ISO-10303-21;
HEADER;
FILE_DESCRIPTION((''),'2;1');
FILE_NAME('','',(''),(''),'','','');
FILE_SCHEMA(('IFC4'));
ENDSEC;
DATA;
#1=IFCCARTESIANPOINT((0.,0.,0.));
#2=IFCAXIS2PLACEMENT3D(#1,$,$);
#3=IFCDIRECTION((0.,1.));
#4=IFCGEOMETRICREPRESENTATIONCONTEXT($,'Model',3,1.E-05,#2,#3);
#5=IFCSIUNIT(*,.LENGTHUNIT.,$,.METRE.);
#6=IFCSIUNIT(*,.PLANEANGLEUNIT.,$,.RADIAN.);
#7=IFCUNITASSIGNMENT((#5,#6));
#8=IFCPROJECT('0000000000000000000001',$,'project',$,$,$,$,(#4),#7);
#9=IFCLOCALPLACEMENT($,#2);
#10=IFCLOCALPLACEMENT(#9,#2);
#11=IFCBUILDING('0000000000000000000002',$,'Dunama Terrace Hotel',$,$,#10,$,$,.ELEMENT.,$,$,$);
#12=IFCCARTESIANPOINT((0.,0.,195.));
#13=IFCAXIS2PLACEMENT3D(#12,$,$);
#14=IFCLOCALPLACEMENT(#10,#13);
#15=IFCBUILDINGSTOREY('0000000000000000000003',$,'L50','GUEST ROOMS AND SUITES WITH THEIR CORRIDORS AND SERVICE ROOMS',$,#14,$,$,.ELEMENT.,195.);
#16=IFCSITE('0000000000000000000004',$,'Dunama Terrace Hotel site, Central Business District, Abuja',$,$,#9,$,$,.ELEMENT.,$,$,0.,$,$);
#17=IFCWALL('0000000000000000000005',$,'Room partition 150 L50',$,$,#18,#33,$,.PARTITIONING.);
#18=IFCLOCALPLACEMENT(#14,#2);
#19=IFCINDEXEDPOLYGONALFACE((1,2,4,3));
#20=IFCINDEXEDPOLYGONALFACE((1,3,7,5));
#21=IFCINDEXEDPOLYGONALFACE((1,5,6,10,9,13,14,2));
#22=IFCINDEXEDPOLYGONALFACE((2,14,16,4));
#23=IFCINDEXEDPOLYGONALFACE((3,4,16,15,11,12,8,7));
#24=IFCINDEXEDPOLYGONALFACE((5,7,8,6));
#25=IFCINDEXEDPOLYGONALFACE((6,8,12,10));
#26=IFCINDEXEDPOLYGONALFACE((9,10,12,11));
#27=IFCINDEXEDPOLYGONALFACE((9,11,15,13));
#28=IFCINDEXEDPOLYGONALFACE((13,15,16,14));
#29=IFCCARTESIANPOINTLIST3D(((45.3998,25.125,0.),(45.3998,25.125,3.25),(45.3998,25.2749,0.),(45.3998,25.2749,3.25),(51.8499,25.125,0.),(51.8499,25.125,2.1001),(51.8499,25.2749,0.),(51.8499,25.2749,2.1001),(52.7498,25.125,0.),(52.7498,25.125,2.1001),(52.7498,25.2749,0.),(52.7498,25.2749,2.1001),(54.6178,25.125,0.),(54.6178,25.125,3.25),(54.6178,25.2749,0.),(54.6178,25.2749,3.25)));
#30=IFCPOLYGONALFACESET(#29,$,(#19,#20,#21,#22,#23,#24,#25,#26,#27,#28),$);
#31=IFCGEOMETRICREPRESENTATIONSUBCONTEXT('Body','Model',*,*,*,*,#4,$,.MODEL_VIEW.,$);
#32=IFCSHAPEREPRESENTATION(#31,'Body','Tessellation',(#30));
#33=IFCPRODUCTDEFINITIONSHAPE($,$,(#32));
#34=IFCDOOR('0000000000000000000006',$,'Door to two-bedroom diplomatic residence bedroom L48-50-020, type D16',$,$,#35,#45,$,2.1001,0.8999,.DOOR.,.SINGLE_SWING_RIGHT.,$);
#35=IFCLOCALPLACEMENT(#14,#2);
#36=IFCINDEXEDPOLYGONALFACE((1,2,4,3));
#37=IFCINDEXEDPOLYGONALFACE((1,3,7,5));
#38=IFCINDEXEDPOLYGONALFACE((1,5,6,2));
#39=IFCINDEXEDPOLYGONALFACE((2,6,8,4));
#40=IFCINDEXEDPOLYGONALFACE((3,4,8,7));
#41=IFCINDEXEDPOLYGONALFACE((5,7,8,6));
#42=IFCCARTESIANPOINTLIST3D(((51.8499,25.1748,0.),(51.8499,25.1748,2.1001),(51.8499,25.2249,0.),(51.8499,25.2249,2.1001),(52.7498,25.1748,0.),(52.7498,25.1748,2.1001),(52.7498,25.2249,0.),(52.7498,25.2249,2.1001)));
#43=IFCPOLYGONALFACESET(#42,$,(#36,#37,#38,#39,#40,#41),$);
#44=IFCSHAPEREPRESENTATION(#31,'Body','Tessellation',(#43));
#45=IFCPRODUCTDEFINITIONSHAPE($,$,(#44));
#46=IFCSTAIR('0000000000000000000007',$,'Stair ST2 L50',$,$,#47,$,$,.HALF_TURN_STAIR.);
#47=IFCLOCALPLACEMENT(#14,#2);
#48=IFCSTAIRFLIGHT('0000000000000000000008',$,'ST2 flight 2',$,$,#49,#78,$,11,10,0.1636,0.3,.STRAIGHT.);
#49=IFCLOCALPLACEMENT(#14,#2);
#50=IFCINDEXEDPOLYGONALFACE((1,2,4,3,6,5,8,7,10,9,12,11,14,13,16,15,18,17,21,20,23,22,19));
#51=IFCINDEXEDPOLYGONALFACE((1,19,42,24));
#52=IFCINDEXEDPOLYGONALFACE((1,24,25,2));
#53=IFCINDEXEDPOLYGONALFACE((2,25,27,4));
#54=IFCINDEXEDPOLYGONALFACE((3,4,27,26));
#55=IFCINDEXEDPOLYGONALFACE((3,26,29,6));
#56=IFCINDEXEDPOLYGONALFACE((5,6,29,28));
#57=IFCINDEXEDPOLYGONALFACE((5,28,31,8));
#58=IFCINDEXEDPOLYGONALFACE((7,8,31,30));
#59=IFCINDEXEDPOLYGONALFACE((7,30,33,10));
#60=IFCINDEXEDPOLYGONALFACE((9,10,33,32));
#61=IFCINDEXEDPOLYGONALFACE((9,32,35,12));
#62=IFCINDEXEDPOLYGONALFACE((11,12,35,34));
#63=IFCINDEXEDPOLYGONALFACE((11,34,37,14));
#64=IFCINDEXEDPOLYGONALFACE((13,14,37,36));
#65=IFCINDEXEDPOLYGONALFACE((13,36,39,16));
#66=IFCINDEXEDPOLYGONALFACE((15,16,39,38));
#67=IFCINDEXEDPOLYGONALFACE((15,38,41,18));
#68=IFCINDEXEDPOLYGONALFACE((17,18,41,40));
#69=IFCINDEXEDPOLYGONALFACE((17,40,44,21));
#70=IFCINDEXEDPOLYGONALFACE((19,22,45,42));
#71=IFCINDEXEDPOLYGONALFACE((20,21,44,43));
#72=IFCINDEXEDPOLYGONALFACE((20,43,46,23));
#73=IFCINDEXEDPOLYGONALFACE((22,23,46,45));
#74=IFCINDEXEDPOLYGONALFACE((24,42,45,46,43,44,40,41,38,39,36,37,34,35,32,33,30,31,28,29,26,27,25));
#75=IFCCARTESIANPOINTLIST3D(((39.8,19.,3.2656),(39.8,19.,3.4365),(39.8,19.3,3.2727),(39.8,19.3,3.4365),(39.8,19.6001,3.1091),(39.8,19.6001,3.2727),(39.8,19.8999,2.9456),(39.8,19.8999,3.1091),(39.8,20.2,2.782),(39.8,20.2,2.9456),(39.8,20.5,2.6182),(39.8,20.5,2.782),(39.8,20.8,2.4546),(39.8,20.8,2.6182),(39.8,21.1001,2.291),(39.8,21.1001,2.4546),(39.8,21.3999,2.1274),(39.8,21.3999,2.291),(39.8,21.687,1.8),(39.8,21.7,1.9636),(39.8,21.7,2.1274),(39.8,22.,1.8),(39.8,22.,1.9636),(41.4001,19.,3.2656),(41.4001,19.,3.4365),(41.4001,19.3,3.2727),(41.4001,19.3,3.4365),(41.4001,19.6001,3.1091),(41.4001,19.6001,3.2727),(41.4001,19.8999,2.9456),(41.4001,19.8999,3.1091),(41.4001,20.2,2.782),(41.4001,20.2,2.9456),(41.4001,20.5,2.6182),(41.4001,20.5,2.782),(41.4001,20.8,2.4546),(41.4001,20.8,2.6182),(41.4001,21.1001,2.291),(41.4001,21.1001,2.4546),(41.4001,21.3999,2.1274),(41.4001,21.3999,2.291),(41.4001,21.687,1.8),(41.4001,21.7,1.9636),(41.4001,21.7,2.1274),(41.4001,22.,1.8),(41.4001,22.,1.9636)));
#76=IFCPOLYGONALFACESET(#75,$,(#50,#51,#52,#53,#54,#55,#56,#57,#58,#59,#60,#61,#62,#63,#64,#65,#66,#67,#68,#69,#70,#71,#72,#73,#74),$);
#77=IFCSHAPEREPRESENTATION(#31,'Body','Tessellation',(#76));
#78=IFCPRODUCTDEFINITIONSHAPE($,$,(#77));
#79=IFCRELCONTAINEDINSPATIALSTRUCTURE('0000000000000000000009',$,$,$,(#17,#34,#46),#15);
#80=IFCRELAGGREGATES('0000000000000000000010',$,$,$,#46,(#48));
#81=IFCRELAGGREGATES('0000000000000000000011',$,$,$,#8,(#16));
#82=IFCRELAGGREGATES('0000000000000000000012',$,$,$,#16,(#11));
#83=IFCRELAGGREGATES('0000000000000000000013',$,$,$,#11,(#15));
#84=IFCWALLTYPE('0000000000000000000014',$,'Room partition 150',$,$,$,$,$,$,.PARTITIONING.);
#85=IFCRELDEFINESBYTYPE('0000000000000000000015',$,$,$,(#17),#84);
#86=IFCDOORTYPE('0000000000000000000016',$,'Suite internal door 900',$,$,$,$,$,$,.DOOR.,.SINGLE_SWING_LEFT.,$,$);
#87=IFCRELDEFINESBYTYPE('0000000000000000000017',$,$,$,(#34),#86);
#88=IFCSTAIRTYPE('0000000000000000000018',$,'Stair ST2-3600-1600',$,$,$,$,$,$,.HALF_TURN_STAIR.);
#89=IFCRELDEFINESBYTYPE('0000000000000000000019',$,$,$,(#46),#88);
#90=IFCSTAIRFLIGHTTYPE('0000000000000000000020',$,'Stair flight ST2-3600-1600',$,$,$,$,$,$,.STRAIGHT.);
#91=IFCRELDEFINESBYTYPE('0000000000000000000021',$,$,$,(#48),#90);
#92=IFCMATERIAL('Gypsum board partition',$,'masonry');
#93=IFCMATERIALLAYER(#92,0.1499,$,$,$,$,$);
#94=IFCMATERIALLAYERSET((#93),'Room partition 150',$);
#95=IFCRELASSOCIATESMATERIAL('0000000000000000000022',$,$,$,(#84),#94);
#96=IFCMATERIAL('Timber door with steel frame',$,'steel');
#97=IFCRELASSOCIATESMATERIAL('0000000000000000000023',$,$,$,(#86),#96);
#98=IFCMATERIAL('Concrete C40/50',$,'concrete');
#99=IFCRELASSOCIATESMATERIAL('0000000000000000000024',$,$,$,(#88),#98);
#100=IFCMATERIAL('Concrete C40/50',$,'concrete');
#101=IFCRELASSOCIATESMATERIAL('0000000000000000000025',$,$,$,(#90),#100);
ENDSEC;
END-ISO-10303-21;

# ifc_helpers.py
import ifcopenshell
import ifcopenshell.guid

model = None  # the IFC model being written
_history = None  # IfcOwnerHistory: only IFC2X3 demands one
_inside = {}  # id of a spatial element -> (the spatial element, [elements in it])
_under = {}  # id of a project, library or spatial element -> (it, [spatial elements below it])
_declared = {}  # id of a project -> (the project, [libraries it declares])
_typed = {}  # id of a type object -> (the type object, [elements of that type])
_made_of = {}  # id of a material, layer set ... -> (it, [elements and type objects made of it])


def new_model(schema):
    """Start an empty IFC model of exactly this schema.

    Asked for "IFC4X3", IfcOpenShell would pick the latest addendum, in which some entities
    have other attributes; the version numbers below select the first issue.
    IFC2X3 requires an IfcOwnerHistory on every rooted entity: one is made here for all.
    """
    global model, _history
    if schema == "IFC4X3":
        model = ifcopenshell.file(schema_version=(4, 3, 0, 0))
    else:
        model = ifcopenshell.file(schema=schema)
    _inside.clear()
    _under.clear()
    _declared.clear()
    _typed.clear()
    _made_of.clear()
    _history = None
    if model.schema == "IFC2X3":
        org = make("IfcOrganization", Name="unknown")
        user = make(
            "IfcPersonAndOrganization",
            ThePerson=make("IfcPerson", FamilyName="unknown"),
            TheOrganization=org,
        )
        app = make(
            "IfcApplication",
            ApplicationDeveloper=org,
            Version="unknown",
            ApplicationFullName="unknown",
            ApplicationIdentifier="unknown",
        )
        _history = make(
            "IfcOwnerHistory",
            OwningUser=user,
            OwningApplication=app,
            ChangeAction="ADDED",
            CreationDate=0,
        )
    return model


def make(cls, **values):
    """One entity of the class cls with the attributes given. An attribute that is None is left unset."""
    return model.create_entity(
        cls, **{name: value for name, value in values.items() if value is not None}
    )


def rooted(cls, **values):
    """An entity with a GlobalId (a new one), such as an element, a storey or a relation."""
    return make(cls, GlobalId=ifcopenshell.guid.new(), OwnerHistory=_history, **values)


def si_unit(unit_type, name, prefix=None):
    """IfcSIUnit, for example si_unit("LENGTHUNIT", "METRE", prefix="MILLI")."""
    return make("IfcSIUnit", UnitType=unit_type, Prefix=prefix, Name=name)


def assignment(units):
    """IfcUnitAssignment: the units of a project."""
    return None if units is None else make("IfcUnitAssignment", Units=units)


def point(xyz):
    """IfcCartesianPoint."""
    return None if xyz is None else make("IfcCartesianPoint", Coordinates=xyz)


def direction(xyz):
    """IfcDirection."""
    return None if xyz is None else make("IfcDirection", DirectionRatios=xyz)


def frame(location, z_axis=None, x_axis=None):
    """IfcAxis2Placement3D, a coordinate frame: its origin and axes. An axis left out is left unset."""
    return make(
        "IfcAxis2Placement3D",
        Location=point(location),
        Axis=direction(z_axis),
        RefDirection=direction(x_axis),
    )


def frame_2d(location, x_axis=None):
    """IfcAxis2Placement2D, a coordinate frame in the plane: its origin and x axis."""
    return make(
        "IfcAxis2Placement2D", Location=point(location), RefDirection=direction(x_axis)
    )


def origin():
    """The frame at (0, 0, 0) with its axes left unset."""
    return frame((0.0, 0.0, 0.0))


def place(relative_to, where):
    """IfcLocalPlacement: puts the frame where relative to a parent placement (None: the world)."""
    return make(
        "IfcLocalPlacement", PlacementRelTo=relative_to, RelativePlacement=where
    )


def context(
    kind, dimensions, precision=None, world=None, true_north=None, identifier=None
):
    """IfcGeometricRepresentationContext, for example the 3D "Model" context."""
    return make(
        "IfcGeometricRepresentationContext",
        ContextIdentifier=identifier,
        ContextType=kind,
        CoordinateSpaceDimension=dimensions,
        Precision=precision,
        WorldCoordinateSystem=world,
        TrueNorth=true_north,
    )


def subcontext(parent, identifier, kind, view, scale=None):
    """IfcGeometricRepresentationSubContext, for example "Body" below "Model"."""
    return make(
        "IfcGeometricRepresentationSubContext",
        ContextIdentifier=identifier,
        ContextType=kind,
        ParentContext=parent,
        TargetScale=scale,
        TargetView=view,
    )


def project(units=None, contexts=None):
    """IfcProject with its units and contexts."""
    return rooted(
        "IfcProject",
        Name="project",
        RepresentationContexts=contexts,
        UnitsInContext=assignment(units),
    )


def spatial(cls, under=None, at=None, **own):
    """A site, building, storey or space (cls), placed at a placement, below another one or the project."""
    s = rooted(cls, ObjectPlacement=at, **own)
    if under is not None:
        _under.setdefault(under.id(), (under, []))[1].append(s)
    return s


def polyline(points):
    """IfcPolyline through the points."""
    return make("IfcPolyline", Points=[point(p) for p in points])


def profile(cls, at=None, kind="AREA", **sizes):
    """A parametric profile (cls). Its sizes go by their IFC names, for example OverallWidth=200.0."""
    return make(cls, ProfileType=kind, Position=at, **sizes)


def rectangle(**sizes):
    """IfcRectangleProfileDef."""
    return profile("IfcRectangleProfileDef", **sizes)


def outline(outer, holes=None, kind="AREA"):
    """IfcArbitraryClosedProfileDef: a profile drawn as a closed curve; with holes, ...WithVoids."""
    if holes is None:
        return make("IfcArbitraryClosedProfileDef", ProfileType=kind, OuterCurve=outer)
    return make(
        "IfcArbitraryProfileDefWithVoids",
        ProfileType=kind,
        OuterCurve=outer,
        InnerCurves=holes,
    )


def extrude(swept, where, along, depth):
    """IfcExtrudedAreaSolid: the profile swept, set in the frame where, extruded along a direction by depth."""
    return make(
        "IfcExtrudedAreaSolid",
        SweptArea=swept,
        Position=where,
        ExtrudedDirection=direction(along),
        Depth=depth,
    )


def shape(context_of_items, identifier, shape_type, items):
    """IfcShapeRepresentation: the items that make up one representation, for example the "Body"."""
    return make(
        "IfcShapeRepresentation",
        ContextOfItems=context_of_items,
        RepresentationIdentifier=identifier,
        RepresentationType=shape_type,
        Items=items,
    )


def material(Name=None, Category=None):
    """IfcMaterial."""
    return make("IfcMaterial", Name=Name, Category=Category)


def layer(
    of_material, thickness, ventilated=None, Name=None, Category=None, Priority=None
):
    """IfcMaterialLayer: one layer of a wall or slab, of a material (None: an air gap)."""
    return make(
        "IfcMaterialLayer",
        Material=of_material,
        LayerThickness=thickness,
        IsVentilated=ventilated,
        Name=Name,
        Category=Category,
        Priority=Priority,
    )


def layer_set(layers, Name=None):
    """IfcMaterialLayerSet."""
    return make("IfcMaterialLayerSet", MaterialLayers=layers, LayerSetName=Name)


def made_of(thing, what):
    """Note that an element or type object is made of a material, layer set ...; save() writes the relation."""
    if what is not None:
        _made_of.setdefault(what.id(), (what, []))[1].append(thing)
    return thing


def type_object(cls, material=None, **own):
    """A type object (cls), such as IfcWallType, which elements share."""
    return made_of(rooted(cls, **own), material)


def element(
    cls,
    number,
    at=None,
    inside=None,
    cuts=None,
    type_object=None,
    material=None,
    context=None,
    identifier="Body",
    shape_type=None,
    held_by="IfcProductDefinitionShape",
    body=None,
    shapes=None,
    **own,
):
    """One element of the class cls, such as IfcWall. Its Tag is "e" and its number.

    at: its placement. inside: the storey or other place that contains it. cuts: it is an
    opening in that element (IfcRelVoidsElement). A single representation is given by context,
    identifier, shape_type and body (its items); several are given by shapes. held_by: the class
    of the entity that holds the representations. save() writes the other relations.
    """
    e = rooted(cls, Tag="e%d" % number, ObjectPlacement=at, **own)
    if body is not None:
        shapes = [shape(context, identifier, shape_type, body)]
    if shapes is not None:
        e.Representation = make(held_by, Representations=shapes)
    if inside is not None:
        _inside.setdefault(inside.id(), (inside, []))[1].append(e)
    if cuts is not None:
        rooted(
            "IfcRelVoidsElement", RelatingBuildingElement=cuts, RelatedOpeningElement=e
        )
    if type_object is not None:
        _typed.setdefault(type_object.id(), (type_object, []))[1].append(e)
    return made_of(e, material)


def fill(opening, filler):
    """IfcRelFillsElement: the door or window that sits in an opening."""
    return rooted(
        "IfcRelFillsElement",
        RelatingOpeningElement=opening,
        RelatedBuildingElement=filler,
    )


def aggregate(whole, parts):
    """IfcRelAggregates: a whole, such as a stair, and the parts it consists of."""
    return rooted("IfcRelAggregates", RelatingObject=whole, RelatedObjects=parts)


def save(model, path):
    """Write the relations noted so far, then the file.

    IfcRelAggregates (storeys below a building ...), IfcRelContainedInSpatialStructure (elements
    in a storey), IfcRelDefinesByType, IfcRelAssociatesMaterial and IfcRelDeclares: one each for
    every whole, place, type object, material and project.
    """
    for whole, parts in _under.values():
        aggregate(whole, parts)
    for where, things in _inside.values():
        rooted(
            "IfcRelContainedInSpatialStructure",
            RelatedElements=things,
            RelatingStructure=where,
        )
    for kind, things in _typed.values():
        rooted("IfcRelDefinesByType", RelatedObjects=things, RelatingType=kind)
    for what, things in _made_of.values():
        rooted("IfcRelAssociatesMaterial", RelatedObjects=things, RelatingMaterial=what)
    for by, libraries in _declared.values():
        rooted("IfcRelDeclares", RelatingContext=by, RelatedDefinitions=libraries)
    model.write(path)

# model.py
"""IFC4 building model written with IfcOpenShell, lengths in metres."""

from ifc_helpers import new_model, si_unit, direction, frame, frame_2d, origin, place, context, subcontext, project, spatial, polyline, rectangle, outline, extrude, material, layer, layer_set, type_object, element, fill, aggregate, save


model = new_model("IFC4")

# Units and contexts
model_context = context("Model", 3, precision=1e-05, world=origin(), true_north=direction((0.0, 1.0)))
body_context = subcontext(model_context, "Body", "Model", "MODEL_VIEW")
ifc_project = project(units=[si_unit("LENGTHUNIT", "METRE"), si_unit("PLANEANGLEUNIT", "RADIAN")], contexts=[model_context])

# Site, building, storey
site_placement = place(None, origin())
site = spatial("IfcSite", under=ifc_project, at=site_placement, Name="Dunama Terrace Hotel site, Central Business District, Abuja", CompositionType="ELEMENT", RefElevation=0.0)
building_placement = place(site_placement, origin())
building = spatial("IfcBuilding", under=site, at=building_placement, Name="Dunama Terrace Hotel", CompositionType="ELEMENT")
storey_placement = place(building_placement, frame((0.0, 0.0, 195.0)))
storey = spatial("IfcBuildingStorey", under=building, at=storey_placement, Name="L50", Description="GUEST ROOMS AND SUITES WITH THEIR CORRIDORS AND SERVICE ROOMS", CompositionType="ELEMENT", Elevation=195.0)

# Wall, opening, door
ifc_material_1 = material(Name="Gypsum board partition", Category="masonry")
ifc_layer_1 = layer(ifc_material_1, 0.1499)
ifc_layer_set_1 = layer_set([ifc_layer_1], Name="Room partition 150")
wall_type_1 = type_object("IfcWallType", Name="Room partition 150", PredefinedType="PARTITIONING", material=ifc_layer_set_1)
ifc_material_2 = material(Name="Timber door with steel frame", Category="steel")
door_type_1 = type_object("IfcDoorType", Name="Suite internal door 900", OperationType="SINGLE_SWING_LEFT", PredefinedType="DOOR", material=ifc_material_2)
wall_1_placement = place(storey_placement, frame((45.3999, 25.2, 0.0), z_axis=(0.0, 0.0, 1.0), x_axis=(1.0, 0.0, 0.0)))
wall_1 = element("IfcWall", 1, at=wall_1_placement, inside=storey, type_object=wall_type_1, Name="Room partition 150 L50", PredefinedType="PARTITIONING", context=body_context, shape_type="SweptSolid", body=[
    extrude(rectangle(XDim=9.218, YDim=0.1499, at=frame_2d((4.6089, 0.0))), origin(), (0.0, 0.0, 1.0), 3.25),
])
opening_1_placement = place(wall_1_placement, frame((6.45, 0.0, 0.0)))
opening_1 = element("IfcOpeningElement", 2, at=opening_1_placement, cuts=wall_1, PredefinedType="OPENING", context=body_context, shape_type="SweptSolid", body=[
    extrude(rectangle(XDim=0.8999, YDim=2.1001, at=frame_2d((0.45, 1.05))), frame((0.0, 0.085, 0.0), z_axis=(0.0, -1.0, 0.0), x_axis=(1.0, 0.0, 0.0)), (0.0, 0.0, 1.0), 0.1699),
])
door_1_placement = place(opening_1_placement, origin())
door_1 = element("IfcDoor", 3, at=door_1_placement, inside=storey, type_object=door_type_1, Name="Door to two-bedroom diplomatic residence bedroom L48-50-020, type D16", OperationType="SINGLE_SWING_RIGHT", OverallHeight=2.1001, OverallWidth=0.8999, PredefinedType="DOOR", context=body_context, shape_type="SweptSolid", body=[
    extrude(rectangle(XDim=0.8999, YDim=2.1001, at=frame_2d((0.45, 1.05))), frame((0.0, 0.0249, 0.0), z_axis=(0.0, -1.0, 0.0), x_axis=(1.0, 0.0, 0.0)), (0.0, 0.0, 1.0), 0.05),
])
fill(opening_1, door_1)

# Stair, stair flight
ifc_material_3 = material(Name="Concrete C40/50", Category="concrete")
stair_type = type_object("IfcStairType", Name="Stair ST2-3600-1600", PredefinedType="HALF_TURN_STAIR", material=ifc_material_3)
stair_placement = place(storey_placement, origin())
stair = element("IfcStair", 4, at=stair_placement, inside=storey, type_object=stair_type, Name="Stair ST2 L50", PredefinedType="HALF_TURN_STAIR")
ifc_material_4 = material(Name="Concrete C40/50", Category="concrete")
stair_flight_type = type_object("IfcStairFlightType", Name="Stair flight ST2-3600-1600", PredefinedType="STRAIGHT", material=ifc_material_4)
stair_flight_placement = place(storey_placement, frame((40.6001, 22.0, 1.8), z_axis=(0.0, 0.0, 1.0), x_axis=(0.0, -1.0, 0.0)))
stair_flight = element("IfcStairFlight", 5, at=stair_flight_placement, type_object=stair_flight_type, Name="ST2 flight 2", NumberOfRisers=11, NumberOfTreads=10, PredefinedType="STRAIGHT", RiserHeight=0.1636, TreadLength=0.3, context=body_context, shape_type="SweptSolid", body=[
    extrude(outline(polyline([(0.0, 0.0), (0.0, 0.1636), (0.3, 0.1636), (0.3, 0.3274), (0.6001, 0.3274), (0.6001, 0.491), (0.8999, 0.491), (0.8999, 0.6545), (1.2, 0.6545), (1.2, 0.8181), (1.5, 0.8181), (1.5, 0.9819), (1.8, 0.9819), (1.8, 1.1455), (2.1001, 1.1455), (2.1001, 1.3091), (2.3999, 1.3091), (2.3999, 1.4727), (2.7, 1.4727), (2.7, 1.6365), (3.0, 1.6365), (3.0, 1.8), (3.0, 1.4656), (0.313, 0.0), (0.0, 0.0)])), frame((0.0, 0.8, 0.0), z_axis=(0.0, -1.0, 0.0), x_axis=(1.0, 0.0, 0.0)), (0.0, 0.0, 1.0), 1.6001),
])
aggregate(stair, [stair_flight])

save(model, "model.ifc")
